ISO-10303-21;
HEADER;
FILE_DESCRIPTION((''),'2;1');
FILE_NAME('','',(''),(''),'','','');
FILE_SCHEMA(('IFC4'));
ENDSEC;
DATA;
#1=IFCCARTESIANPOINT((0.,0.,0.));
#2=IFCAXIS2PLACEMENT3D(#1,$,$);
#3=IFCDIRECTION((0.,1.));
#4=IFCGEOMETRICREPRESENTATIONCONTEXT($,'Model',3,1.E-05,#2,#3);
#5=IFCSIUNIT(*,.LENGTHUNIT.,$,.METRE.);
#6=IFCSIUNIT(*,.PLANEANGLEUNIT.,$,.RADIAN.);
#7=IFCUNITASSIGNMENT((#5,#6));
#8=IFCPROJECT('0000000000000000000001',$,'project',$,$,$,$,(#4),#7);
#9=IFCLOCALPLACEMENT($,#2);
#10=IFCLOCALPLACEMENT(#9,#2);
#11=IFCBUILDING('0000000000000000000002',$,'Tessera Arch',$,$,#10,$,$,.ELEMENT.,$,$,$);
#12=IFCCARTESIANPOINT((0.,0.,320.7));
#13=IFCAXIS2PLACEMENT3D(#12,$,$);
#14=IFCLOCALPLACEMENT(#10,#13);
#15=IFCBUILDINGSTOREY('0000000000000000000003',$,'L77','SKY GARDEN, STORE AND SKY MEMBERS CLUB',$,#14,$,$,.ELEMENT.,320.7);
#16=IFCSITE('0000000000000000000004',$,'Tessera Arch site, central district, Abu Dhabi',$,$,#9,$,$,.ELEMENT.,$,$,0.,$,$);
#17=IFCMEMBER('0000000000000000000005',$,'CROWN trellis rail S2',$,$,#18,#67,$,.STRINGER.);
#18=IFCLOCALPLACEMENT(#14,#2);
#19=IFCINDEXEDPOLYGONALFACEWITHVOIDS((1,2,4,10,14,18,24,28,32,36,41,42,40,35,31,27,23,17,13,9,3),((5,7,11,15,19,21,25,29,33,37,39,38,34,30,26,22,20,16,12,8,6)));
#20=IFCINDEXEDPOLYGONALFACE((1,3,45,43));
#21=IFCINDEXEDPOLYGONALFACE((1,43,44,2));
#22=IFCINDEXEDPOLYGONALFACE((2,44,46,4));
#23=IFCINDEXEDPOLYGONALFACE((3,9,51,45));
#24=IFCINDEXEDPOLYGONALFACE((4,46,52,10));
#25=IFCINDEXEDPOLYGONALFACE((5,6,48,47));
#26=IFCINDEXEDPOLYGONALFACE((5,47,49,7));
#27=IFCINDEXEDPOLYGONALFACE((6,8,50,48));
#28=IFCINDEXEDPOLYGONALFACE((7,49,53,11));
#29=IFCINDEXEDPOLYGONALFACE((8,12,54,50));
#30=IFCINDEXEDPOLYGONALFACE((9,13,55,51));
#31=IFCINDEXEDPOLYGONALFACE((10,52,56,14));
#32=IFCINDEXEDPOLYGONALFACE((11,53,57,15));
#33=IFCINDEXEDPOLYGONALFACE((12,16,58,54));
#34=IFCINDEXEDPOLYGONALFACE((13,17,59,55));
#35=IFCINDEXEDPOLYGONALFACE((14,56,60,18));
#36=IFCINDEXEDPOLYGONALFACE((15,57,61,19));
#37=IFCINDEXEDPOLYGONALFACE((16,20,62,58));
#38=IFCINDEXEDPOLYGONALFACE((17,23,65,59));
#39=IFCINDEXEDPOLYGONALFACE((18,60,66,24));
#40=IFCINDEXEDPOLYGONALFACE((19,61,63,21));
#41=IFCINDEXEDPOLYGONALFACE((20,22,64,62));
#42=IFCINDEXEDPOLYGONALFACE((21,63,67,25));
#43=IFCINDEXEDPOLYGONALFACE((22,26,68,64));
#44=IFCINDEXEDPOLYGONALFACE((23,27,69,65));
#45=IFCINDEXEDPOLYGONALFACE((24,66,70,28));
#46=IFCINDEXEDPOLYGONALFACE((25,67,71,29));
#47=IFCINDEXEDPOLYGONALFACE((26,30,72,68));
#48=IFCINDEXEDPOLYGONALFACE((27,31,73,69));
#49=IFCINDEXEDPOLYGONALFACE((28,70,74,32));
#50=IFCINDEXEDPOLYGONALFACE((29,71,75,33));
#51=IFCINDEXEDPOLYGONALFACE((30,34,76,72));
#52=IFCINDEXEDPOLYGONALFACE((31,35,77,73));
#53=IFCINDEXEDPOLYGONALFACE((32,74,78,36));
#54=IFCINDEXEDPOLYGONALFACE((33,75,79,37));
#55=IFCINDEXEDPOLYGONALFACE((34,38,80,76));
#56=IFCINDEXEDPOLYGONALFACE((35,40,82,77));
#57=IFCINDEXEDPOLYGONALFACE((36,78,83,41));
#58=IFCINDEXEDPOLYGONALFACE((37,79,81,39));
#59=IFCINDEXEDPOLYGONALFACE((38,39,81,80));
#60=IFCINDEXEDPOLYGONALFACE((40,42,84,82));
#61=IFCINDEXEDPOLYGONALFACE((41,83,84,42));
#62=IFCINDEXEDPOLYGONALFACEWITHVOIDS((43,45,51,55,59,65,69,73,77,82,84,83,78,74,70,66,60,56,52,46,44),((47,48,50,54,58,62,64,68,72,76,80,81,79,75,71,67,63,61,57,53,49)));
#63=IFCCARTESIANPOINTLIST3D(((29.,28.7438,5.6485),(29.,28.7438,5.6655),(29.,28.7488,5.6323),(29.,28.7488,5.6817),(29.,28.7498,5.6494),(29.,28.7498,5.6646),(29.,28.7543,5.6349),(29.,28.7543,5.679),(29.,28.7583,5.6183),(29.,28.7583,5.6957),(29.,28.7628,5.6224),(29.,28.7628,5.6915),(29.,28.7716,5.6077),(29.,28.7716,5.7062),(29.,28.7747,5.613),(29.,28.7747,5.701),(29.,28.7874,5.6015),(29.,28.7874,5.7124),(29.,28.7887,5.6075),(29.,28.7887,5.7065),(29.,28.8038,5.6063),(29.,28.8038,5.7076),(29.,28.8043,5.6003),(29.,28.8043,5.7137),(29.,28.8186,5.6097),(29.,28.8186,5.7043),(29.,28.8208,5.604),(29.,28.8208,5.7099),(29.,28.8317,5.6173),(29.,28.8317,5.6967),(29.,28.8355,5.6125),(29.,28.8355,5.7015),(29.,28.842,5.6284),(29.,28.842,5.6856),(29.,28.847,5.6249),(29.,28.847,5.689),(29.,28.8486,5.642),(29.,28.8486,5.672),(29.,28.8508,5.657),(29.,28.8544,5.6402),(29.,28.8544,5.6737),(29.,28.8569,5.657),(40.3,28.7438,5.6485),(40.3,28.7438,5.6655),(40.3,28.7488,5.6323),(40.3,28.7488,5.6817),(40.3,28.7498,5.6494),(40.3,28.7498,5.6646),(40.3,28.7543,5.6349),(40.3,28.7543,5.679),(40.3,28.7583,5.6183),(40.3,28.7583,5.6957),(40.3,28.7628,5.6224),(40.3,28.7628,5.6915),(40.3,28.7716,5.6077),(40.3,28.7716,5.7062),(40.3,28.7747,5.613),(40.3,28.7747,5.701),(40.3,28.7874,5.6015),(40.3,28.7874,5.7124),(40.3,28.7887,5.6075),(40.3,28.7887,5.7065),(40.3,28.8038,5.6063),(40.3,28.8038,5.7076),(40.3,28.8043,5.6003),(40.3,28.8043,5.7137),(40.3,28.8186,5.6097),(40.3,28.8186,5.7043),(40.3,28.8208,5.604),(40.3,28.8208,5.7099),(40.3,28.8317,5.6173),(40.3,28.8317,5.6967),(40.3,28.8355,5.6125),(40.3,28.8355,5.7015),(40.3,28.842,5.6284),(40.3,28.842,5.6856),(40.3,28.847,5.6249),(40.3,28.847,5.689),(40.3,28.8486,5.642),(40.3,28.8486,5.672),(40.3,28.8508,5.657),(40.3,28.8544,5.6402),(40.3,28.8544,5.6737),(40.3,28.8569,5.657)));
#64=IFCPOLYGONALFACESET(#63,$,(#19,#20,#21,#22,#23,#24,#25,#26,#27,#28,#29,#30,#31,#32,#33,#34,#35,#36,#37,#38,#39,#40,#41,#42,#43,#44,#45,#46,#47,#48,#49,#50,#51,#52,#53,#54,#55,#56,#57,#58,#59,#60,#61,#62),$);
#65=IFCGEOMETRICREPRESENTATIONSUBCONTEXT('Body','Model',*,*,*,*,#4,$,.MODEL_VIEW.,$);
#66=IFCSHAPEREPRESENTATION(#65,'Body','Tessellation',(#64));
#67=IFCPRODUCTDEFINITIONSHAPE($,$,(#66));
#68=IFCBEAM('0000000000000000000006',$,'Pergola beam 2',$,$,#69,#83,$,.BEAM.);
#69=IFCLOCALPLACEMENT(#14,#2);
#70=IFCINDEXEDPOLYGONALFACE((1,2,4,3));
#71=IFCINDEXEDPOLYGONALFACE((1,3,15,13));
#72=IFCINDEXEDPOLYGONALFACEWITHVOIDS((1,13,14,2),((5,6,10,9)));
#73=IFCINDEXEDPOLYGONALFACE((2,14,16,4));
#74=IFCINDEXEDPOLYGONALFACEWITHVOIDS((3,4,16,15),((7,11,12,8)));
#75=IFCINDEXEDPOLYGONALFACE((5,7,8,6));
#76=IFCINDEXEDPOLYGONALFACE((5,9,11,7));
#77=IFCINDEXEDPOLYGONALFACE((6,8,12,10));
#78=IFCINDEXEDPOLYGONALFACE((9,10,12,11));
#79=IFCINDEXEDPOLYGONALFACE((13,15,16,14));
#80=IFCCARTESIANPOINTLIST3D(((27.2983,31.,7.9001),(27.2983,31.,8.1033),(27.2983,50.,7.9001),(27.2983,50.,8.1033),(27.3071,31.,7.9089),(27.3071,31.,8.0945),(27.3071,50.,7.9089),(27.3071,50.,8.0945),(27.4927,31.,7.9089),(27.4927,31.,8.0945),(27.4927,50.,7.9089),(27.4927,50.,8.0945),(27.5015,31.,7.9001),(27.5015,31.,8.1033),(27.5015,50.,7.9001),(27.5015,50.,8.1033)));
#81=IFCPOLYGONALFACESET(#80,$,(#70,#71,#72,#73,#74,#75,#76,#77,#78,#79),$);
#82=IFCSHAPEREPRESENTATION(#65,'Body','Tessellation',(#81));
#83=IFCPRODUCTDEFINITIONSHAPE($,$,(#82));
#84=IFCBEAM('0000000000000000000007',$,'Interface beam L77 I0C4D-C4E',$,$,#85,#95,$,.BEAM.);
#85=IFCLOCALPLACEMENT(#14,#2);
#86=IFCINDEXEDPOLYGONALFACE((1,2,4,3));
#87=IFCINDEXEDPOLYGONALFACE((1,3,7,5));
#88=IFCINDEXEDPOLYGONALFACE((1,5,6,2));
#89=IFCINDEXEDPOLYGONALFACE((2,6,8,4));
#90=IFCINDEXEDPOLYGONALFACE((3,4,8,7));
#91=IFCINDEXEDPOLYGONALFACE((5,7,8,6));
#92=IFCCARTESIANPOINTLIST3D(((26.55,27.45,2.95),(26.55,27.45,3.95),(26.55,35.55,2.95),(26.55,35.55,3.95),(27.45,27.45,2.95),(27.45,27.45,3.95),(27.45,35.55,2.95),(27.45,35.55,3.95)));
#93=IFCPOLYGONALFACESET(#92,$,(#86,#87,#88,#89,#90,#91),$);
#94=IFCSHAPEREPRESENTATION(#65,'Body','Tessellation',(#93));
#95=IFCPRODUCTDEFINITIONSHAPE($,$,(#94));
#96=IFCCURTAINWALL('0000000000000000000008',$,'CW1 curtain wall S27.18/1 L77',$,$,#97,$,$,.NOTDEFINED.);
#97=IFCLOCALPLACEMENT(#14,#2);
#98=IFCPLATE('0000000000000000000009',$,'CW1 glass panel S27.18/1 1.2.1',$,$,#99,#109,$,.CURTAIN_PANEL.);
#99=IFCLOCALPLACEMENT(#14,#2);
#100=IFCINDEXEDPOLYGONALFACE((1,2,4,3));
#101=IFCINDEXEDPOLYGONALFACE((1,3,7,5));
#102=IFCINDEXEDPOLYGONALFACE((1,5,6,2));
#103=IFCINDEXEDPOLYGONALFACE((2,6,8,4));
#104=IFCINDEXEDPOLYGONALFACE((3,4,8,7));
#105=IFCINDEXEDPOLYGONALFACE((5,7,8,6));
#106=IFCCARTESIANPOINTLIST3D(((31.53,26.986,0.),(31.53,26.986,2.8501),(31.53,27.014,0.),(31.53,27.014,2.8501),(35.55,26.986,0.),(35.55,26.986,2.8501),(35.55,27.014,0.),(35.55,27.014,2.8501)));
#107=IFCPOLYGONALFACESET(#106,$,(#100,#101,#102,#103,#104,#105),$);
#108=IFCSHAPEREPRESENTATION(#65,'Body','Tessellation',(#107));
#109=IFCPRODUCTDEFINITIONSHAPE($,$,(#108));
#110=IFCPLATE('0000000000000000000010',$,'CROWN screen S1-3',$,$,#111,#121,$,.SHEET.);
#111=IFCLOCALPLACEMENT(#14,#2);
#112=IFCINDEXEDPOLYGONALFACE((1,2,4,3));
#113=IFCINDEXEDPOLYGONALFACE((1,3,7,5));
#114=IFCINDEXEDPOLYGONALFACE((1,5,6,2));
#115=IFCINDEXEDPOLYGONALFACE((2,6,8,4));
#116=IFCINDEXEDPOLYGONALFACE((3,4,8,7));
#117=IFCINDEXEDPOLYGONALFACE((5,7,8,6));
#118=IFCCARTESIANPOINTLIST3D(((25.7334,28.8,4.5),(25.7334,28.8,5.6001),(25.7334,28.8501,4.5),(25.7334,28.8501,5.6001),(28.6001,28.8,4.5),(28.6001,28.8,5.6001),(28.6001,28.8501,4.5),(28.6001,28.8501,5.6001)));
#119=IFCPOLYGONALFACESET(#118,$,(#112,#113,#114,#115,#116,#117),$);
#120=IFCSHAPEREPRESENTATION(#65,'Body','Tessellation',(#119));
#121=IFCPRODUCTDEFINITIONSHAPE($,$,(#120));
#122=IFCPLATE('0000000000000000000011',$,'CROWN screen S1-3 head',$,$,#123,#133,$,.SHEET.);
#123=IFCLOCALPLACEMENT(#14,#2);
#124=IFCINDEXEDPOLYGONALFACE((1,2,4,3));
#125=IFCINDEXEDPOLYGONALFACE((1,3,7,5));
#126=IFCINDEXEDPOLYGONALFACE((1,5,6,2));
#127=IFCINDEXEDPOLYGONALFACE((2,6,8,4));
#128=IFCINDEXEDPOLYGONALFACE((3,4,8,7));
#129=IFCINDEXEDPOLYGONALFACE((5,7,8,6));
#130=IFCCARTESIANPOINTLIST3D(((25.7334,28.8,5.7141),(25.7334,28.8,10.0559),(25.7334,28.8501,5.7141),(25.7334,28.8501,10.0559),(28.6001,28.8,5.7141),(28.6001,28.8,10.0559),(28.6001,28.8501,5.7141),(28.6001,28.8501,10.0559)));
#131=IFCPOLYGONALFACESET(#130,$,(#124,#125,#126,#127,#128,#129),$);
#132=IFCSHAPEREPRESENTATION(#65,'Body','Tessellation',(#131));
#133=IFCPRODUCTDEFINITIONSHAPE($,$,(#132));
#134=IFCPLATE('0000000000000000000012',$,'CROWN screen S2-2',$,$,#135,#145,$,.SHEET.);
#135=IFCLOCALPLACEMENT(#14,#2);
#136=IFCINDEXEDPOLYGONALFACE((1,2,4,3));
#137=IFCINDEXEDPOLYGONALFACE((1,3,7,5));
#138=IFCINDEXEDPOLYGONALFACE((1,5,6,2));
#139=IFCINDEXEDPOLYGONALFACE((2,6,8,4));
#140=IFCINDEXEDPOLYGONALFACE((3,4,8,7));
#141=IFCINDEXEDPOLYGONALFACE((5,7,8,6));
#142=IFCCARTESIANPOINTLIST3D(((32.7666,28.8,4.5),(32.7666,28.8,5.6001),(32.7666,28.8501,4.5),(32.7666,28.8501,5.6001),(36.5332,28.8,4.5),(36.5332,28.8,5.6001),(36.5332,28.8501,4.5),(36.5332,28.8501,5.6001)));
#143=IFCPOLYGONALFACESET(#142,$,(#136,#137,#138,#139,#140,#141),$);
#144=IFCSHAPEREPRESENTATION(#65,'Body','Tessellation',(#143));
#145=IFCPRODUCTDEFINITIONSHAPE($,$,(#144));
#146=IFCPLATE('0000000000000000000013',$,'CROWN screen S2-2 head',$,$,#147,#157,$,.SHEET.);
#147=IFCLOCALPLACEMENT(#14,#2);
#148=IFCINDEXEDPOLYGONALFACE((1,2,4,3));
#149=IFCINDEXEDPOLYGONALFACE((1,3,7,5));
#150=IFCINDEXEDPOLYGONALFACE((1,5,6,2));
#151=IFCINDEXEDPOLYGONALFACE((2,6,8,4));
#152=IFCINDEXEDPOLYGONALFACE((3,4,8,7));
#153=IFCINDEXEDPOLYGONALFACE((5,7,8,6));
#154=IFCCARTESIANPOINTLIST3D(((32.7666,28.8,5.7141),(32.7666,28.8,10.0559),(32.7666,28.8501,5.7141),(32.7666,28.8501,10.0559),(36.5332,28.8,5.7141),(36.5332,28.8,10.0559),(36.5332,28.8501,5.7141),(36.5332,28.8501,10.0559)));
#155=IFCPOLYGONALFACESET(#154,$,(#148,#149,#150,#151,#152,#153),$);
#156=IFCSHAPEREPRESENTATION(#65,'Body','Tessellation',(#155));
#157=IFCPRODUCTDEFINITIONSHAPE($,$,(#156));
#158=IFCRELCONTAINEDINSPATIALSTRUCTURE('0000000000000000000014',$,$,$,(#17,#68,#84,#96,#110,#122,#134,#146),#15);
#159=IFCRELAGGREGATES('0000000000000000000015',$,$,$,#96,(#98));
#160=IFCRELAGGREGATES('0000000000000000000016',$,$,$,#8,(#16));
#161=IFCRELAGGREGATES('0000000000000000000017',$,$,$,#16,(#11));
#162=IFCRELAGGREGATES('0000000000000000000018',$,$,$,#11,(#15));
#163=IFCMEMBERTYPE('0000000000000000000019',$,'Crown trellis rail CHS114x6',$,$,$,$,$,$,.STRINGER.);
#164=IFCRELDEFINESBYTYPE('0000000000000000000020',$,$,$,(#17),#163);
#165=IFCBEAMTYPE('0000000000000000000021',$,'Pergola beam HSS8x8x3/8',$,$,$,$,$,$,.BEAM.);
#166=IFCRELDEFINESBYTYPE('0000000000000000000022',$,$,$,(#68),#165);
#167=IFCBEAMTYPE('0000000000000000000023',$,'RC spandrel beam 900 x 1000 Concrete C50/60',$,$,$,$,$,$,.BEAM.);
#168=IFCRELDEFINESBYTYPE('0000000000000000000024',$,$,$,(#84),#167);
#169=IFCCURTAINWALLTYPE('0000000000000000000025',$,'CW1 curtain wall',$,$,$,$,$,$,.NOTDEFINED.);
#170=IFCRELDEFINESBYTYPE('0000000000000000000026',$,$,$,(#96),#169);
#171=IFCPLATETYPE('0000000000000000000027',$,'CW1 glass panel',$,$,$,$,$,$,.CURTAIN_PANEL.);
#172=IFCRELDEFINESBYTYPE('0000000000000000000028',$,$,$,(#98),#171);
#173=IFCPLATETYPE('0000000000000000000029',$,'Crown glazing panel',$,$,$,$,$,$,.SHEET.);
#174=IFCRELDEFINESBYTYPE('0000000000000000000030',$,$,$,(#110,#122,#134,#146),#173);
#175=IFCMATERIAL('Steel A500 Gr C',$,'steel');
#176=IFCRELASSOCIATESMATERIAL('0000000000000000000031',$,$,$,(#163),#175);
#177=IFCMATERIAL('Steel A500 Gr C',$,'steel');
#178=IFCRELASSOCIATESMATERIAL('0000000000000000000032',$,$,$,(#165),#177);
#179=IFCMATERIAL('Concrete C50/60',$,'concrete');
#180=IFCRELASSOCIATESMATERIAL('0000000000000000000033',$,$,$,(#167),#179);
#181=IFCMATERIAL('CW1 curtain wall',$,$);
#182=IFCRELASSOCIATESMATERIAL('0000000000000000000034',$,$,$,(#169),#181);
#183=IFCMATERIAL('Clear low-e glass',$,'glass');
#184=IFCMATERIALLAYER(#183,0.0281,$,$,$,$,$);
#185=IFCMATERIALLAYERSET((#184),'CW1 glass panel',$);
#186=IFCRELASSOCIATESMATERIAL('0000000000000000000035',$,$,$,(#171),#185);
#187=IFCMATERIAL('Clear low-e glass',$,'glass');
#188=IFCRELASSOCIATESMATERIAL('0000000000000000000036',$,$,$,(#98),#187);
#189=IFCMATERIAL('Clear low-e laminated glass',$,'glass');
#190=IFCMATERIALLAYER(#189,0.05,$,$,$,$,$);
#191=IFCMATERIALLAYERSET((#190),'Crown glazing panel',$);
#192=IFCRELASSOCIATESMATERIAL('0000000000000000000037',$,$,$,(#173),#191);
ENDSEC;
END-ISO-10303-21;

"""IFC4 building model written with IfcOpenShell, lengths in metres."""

from ifc_helpers import new_model, si_unit, direction, frame, origin, origin_2d, place, context, subcontext, project, spatial, polyline, rectangle, hollow_rectangle, hollow_circle, outline, extrude, material, layer, layer_set, material_profile, profile_set, type_object, element, aggregate, save


model = new_model("IFC4")

# Units and contexts
model_context = context("Model", 3, precision=1e-05, world=origin(), true_north=direction((0.0, 1.0)))
body_context = subcontext(model_context, "Body", "Model", "MODEL_VIEW")
ifc_project = project(units=[si_unit("LENGTHUNIT", "METRE"), si_unit("PLANEANGLEUNIT", "RADIAN")], contexts=[model_context])

# Site, building, storey
site_placement = place(None, origin())
site = spatial("IfcSite", under=ifc_project, at=site_placement, Name="Tessera Arch site, central district, Abu Dhabi", CompositionType="ELEMENT", RefElevation=0.0)
building_placement = place(site_placement, origin())
building = spatial("IfcBuilding", under=site, at=building_placement, Name="Tessera Arch", CompositionType="ELEMENT")
storey_placement = place(building_placement, frame((0.0, 0.0, 320.7)))
storey = spatial("IfcBuildingStorey", under=building, at=storey_placement, Name="L77", Description="SKY GARDEN, STORE AND SKY MEMBERS CLUB", CompositionType="ELEMENT", Elevation=320.7)

# Member
ifc_material_1 = material(Name="Steel A500 Gr C", Category="steel")
ifc_material_profile_1 = material_profile(ifc_material_1, hollow_circle(Radius=0.0569, WallThickness=0.0061, at=origin_2d()), Name="Crown trellis rail CHS114x6")
ifc_profile_set_1 = profile_set([ifc_material_profile_1], Name="Steel A500 Gr C")
member_type_1 = type_object("IfcMemberType", Name="Crown trellis rail CHS114x6", PredefinedType="STRINGER", material=ifc_profile_set_1)
member_placement = place(storey_placement, frame((29.0, 28.8, 5.657), z_axis=(1.0, 0.0, 0.0), x_axis=(0.0, 1.0, 0.0)))
element("IfcMember", 1, at=member_placement, inside=storey, type_object=member_type_1, Name="CROWN trellis rail S2", PredefinedType="STRINGER", context=body_context, shape_type="SweptSolid", body=[
    extrude(hollow_circle(Radius=0.0569, WallThickness=0.0061, at=origin_2d()), origin(), (0.0, 0.0, 1.0), 11.3),
])

# Beams
ifc_material_2 = material(Name="Steel A500 Gr C", Category="steel")
ifc_material_profile_2 = material_profile(ifc_material_2, hollow_rectangle(XDim=0.2031, YDim=0.2031, WallThickness=0.0088, at=origin_2d()), Name="HSS8x8x3/8")
ifc_profile_set_2 = profile_set([ifc_material_profile_2], Name="Steel A500 Gr C")
beam_type_1 = type_object("IfcBeamType", Name="Pergola beam HSS8x8x3/8", PredefinedType="BEAM", material=ifc_profile_set_2)
beam_1_placement = place(storey_placement, frame((27.3999, 31.0, 8.0017), z_axis=(0.0, 1.0, 0.0), x_axis=(-1.0, 0.0, 0.0)))
element("IfcBeam", 2, at=beam_1_placement, inside=storey, type_object=beam_type_1, Name="Pergola beam 2", PredefinedType="BEAM", context=body_context, shape_type="SweptSolid", body=[
    extrude(hollow_rectangle(XDim=0.2031, YDim=0.2031, WallThickness=0.0088, at=origin_2d()), origin(), (0.0, 0.0, 1.0), 19.0),
])
ifc_material_3 = material(Name="Concrete C50/60", Category="concrete")
ifc_material_profile_3 = material_profile(ifc_material_3, rectangle(XDim=0.8999, YDim=1.0, at=origin_2d()), Name="RC spandrel beam 900 x 1000 Concrete C50/60")
ifc_profile_set_3 = profile_set([ifc_material_profile_3], Name="Concrete C50/60")
beam_type_2 = type_object("IfcBeamType", Name="RC spandrel beam 900 x 1000 Concrete C50/60", PredefinedType="BEAM", material=ifc_profile_set_3)
beam_2_placement = place(storey_placement, frame((27.0, 27.45, 3.45), z_axis=(0.0, 1.0, 0.0), x_axis=(-1.0, 0.0, 0.0)))
element("IfcBeam", 3, at=beam_2_placement, inside=storey, type_object=beam_type_2, Name="Interface beam L77 I0C4D-C4E", PredefinedType="BEAM", context=body_context, shape_type="SweptSolid", body=[
    extrude(rectangle(XDim=0.8999, YDim=1.0, at=origin_2d()), origin(), (0.0, 0.0, 1.0), 8.1001),
])

# Curtain wall, plate
ifc_material_4 = material(Name="CW1 curtain wall")
curtain_wall_type = type_object("IfcCurtainWallType", Name="CW1 curtain wall", PredefinedType="NOTDEFINED", material=ifc_material_4)
curtain_wall_placement = place(storey_placement, origin())
curtain_wall = element("IfcCurtainWall", 4, at=curtain_wall_placement, inside=storey, type_object=curtain_wall_type, Name="CW1 curtain wall S27.18/1 L77", PredefinedType="NOTDEFINED")
ifc_material_5 = material(Name="Clear low-e glass", Category="glass")
ifc_material_6 = material(Name="Clear low-e glass", Category="glass")
ifc_layer_1 = layer(ifc_material_6, 0.0281)
ifc_layer_set_1 = layer_set([ifc_layer_1], Name="CW1 glass panel")
plate_type_1 = type_object("IfcPlateType", Name="CW1 glass panel", PredefinedType="CURTAIN_PANEL", material=ifc_layer_set_1)
plate_1_placement = place(storey_placement, frame((33.54, 27.0, 0.0), z_axis=(0.0, 0.0, 1.0), x_axis=(1.0, 0.0, 0.0)))
plate_1 = element("IfcPlate", 5, at=plate_1_placement, type_object=plate_type_1, material=ifc_material_5, Name="CW1 glass panel S27.18/1 1.2.1", PredefinedType="CURTAIN_PANEL", context=body_context, shape_type="SweptSolid", body=[
    extrude(rectangle(XDim=4.02, YDim=0.0281, at=origin_2d()), origin(), (0.0, 0.0, 1.0), 2.8501),
])
aggregate(curtain_wall, [plate_1])

# Plates
ifc_material_7 = material(Name="Clear low-e laminated glass", Category="glass")
ifc_layer_2 = layer(ifc_material_7, 0.05)
ifc_layer_set_2 = layer_set([ifc_layer_2], Name="Crown glazing panel")
plate_type_2 = type_object("IfcPlateType", Name="Crown glazing panel", PredefinedType="SHEET", material=ifc_layer_set_2)
plate_2_placement = place(storey_placement, frame((25.7334, 28.8, 4.5), z_axis=(0.0, -1.0, 0.0), x_axis=(1.0, 0.0, 0.0)))
element("IfcPlate", 6, at=plate_2_placement, inside=storey, type_object=plate_type_2, Name="CROWN screen S1-3", PredefinedType="SHEET", context=body_context, shape_type="SweptSolid", body=[
    extrude(outline(polyline([(0.0, 0.0), (2.8667, 0.0), (2.8667, 1.1001), (0.0, 1.1001), (0.0, 0.0)])), origin(), (0.0, 0.0, -1.0), 0.05),
])
plate_3_placement = place(storey_placement, frame((25.7334, 28.8, 5.7141), z_axis=(0.0, -1.0, 0.0), x_axis=(1.0, 0.0, 0.0)))
element("IfcPlate", 7, at=plate_3_placement, inside=storey, type_object=plate_type_2, Name="CROWN screen S1-3 head", PredefinedType="SHEET", context=body_context, shape_type="SweptSolid", body=[
    extrude(outline(polyline([(0.0, 0.0), (2.8667, 0.0), (2.8667, 4.3418), (0.0, 4.3418), (0.0, 0.0)])), origin(), (0.0, 0.0, -1.0), 0.05),
])
plate_4_placement = place(storey_placement, frame((32.7666, 28.8, 4.5), z_axis=(0.0, -1.0, 0.0), x_axis=(1.0, 0.0, 0.0)))
element("IfcPlate", 8, at=plate_4_placement, inside=storey, type_object=plate_type_2, Name="CROWN screen S2-2", PredefinedType="SHEET", context=body_context, shape_type="SweptSolid", body=[
    extrude(outline(polyline([(0.0, 0.0), (3.7666, 0.0), (3.7666, 1.1001), (0.0, 1.1001), (0.0, 0.0)])), origin(), (0.0, 0.0, -1.0), 0.05),
])
plate_5_placement = place(storey_placement, frame((32.7666, 28.8, 5.7141), z_axis=(0.0, -1.0, 0.0), x_axis=(1.0, 0.0, 0.0)))
element("IfcPlate", 9, at=plate_5_placement, inside=storey, type_object=plate_type_2, Name="CROWN screen S2-2 head", PredefinedType="SHEET", context=body_context, shape_type="SweptSolid", body=[
    extrude(outline(polyline([(0.0, 0.0), (3.7666, 0.0), (3.7666, 4.3418), (0.0, 4.3418), (0.0, 0.0)])), origin(), (0.0, 0.0, -1.0), 0.05),
])

save(model, "model.ifc")
